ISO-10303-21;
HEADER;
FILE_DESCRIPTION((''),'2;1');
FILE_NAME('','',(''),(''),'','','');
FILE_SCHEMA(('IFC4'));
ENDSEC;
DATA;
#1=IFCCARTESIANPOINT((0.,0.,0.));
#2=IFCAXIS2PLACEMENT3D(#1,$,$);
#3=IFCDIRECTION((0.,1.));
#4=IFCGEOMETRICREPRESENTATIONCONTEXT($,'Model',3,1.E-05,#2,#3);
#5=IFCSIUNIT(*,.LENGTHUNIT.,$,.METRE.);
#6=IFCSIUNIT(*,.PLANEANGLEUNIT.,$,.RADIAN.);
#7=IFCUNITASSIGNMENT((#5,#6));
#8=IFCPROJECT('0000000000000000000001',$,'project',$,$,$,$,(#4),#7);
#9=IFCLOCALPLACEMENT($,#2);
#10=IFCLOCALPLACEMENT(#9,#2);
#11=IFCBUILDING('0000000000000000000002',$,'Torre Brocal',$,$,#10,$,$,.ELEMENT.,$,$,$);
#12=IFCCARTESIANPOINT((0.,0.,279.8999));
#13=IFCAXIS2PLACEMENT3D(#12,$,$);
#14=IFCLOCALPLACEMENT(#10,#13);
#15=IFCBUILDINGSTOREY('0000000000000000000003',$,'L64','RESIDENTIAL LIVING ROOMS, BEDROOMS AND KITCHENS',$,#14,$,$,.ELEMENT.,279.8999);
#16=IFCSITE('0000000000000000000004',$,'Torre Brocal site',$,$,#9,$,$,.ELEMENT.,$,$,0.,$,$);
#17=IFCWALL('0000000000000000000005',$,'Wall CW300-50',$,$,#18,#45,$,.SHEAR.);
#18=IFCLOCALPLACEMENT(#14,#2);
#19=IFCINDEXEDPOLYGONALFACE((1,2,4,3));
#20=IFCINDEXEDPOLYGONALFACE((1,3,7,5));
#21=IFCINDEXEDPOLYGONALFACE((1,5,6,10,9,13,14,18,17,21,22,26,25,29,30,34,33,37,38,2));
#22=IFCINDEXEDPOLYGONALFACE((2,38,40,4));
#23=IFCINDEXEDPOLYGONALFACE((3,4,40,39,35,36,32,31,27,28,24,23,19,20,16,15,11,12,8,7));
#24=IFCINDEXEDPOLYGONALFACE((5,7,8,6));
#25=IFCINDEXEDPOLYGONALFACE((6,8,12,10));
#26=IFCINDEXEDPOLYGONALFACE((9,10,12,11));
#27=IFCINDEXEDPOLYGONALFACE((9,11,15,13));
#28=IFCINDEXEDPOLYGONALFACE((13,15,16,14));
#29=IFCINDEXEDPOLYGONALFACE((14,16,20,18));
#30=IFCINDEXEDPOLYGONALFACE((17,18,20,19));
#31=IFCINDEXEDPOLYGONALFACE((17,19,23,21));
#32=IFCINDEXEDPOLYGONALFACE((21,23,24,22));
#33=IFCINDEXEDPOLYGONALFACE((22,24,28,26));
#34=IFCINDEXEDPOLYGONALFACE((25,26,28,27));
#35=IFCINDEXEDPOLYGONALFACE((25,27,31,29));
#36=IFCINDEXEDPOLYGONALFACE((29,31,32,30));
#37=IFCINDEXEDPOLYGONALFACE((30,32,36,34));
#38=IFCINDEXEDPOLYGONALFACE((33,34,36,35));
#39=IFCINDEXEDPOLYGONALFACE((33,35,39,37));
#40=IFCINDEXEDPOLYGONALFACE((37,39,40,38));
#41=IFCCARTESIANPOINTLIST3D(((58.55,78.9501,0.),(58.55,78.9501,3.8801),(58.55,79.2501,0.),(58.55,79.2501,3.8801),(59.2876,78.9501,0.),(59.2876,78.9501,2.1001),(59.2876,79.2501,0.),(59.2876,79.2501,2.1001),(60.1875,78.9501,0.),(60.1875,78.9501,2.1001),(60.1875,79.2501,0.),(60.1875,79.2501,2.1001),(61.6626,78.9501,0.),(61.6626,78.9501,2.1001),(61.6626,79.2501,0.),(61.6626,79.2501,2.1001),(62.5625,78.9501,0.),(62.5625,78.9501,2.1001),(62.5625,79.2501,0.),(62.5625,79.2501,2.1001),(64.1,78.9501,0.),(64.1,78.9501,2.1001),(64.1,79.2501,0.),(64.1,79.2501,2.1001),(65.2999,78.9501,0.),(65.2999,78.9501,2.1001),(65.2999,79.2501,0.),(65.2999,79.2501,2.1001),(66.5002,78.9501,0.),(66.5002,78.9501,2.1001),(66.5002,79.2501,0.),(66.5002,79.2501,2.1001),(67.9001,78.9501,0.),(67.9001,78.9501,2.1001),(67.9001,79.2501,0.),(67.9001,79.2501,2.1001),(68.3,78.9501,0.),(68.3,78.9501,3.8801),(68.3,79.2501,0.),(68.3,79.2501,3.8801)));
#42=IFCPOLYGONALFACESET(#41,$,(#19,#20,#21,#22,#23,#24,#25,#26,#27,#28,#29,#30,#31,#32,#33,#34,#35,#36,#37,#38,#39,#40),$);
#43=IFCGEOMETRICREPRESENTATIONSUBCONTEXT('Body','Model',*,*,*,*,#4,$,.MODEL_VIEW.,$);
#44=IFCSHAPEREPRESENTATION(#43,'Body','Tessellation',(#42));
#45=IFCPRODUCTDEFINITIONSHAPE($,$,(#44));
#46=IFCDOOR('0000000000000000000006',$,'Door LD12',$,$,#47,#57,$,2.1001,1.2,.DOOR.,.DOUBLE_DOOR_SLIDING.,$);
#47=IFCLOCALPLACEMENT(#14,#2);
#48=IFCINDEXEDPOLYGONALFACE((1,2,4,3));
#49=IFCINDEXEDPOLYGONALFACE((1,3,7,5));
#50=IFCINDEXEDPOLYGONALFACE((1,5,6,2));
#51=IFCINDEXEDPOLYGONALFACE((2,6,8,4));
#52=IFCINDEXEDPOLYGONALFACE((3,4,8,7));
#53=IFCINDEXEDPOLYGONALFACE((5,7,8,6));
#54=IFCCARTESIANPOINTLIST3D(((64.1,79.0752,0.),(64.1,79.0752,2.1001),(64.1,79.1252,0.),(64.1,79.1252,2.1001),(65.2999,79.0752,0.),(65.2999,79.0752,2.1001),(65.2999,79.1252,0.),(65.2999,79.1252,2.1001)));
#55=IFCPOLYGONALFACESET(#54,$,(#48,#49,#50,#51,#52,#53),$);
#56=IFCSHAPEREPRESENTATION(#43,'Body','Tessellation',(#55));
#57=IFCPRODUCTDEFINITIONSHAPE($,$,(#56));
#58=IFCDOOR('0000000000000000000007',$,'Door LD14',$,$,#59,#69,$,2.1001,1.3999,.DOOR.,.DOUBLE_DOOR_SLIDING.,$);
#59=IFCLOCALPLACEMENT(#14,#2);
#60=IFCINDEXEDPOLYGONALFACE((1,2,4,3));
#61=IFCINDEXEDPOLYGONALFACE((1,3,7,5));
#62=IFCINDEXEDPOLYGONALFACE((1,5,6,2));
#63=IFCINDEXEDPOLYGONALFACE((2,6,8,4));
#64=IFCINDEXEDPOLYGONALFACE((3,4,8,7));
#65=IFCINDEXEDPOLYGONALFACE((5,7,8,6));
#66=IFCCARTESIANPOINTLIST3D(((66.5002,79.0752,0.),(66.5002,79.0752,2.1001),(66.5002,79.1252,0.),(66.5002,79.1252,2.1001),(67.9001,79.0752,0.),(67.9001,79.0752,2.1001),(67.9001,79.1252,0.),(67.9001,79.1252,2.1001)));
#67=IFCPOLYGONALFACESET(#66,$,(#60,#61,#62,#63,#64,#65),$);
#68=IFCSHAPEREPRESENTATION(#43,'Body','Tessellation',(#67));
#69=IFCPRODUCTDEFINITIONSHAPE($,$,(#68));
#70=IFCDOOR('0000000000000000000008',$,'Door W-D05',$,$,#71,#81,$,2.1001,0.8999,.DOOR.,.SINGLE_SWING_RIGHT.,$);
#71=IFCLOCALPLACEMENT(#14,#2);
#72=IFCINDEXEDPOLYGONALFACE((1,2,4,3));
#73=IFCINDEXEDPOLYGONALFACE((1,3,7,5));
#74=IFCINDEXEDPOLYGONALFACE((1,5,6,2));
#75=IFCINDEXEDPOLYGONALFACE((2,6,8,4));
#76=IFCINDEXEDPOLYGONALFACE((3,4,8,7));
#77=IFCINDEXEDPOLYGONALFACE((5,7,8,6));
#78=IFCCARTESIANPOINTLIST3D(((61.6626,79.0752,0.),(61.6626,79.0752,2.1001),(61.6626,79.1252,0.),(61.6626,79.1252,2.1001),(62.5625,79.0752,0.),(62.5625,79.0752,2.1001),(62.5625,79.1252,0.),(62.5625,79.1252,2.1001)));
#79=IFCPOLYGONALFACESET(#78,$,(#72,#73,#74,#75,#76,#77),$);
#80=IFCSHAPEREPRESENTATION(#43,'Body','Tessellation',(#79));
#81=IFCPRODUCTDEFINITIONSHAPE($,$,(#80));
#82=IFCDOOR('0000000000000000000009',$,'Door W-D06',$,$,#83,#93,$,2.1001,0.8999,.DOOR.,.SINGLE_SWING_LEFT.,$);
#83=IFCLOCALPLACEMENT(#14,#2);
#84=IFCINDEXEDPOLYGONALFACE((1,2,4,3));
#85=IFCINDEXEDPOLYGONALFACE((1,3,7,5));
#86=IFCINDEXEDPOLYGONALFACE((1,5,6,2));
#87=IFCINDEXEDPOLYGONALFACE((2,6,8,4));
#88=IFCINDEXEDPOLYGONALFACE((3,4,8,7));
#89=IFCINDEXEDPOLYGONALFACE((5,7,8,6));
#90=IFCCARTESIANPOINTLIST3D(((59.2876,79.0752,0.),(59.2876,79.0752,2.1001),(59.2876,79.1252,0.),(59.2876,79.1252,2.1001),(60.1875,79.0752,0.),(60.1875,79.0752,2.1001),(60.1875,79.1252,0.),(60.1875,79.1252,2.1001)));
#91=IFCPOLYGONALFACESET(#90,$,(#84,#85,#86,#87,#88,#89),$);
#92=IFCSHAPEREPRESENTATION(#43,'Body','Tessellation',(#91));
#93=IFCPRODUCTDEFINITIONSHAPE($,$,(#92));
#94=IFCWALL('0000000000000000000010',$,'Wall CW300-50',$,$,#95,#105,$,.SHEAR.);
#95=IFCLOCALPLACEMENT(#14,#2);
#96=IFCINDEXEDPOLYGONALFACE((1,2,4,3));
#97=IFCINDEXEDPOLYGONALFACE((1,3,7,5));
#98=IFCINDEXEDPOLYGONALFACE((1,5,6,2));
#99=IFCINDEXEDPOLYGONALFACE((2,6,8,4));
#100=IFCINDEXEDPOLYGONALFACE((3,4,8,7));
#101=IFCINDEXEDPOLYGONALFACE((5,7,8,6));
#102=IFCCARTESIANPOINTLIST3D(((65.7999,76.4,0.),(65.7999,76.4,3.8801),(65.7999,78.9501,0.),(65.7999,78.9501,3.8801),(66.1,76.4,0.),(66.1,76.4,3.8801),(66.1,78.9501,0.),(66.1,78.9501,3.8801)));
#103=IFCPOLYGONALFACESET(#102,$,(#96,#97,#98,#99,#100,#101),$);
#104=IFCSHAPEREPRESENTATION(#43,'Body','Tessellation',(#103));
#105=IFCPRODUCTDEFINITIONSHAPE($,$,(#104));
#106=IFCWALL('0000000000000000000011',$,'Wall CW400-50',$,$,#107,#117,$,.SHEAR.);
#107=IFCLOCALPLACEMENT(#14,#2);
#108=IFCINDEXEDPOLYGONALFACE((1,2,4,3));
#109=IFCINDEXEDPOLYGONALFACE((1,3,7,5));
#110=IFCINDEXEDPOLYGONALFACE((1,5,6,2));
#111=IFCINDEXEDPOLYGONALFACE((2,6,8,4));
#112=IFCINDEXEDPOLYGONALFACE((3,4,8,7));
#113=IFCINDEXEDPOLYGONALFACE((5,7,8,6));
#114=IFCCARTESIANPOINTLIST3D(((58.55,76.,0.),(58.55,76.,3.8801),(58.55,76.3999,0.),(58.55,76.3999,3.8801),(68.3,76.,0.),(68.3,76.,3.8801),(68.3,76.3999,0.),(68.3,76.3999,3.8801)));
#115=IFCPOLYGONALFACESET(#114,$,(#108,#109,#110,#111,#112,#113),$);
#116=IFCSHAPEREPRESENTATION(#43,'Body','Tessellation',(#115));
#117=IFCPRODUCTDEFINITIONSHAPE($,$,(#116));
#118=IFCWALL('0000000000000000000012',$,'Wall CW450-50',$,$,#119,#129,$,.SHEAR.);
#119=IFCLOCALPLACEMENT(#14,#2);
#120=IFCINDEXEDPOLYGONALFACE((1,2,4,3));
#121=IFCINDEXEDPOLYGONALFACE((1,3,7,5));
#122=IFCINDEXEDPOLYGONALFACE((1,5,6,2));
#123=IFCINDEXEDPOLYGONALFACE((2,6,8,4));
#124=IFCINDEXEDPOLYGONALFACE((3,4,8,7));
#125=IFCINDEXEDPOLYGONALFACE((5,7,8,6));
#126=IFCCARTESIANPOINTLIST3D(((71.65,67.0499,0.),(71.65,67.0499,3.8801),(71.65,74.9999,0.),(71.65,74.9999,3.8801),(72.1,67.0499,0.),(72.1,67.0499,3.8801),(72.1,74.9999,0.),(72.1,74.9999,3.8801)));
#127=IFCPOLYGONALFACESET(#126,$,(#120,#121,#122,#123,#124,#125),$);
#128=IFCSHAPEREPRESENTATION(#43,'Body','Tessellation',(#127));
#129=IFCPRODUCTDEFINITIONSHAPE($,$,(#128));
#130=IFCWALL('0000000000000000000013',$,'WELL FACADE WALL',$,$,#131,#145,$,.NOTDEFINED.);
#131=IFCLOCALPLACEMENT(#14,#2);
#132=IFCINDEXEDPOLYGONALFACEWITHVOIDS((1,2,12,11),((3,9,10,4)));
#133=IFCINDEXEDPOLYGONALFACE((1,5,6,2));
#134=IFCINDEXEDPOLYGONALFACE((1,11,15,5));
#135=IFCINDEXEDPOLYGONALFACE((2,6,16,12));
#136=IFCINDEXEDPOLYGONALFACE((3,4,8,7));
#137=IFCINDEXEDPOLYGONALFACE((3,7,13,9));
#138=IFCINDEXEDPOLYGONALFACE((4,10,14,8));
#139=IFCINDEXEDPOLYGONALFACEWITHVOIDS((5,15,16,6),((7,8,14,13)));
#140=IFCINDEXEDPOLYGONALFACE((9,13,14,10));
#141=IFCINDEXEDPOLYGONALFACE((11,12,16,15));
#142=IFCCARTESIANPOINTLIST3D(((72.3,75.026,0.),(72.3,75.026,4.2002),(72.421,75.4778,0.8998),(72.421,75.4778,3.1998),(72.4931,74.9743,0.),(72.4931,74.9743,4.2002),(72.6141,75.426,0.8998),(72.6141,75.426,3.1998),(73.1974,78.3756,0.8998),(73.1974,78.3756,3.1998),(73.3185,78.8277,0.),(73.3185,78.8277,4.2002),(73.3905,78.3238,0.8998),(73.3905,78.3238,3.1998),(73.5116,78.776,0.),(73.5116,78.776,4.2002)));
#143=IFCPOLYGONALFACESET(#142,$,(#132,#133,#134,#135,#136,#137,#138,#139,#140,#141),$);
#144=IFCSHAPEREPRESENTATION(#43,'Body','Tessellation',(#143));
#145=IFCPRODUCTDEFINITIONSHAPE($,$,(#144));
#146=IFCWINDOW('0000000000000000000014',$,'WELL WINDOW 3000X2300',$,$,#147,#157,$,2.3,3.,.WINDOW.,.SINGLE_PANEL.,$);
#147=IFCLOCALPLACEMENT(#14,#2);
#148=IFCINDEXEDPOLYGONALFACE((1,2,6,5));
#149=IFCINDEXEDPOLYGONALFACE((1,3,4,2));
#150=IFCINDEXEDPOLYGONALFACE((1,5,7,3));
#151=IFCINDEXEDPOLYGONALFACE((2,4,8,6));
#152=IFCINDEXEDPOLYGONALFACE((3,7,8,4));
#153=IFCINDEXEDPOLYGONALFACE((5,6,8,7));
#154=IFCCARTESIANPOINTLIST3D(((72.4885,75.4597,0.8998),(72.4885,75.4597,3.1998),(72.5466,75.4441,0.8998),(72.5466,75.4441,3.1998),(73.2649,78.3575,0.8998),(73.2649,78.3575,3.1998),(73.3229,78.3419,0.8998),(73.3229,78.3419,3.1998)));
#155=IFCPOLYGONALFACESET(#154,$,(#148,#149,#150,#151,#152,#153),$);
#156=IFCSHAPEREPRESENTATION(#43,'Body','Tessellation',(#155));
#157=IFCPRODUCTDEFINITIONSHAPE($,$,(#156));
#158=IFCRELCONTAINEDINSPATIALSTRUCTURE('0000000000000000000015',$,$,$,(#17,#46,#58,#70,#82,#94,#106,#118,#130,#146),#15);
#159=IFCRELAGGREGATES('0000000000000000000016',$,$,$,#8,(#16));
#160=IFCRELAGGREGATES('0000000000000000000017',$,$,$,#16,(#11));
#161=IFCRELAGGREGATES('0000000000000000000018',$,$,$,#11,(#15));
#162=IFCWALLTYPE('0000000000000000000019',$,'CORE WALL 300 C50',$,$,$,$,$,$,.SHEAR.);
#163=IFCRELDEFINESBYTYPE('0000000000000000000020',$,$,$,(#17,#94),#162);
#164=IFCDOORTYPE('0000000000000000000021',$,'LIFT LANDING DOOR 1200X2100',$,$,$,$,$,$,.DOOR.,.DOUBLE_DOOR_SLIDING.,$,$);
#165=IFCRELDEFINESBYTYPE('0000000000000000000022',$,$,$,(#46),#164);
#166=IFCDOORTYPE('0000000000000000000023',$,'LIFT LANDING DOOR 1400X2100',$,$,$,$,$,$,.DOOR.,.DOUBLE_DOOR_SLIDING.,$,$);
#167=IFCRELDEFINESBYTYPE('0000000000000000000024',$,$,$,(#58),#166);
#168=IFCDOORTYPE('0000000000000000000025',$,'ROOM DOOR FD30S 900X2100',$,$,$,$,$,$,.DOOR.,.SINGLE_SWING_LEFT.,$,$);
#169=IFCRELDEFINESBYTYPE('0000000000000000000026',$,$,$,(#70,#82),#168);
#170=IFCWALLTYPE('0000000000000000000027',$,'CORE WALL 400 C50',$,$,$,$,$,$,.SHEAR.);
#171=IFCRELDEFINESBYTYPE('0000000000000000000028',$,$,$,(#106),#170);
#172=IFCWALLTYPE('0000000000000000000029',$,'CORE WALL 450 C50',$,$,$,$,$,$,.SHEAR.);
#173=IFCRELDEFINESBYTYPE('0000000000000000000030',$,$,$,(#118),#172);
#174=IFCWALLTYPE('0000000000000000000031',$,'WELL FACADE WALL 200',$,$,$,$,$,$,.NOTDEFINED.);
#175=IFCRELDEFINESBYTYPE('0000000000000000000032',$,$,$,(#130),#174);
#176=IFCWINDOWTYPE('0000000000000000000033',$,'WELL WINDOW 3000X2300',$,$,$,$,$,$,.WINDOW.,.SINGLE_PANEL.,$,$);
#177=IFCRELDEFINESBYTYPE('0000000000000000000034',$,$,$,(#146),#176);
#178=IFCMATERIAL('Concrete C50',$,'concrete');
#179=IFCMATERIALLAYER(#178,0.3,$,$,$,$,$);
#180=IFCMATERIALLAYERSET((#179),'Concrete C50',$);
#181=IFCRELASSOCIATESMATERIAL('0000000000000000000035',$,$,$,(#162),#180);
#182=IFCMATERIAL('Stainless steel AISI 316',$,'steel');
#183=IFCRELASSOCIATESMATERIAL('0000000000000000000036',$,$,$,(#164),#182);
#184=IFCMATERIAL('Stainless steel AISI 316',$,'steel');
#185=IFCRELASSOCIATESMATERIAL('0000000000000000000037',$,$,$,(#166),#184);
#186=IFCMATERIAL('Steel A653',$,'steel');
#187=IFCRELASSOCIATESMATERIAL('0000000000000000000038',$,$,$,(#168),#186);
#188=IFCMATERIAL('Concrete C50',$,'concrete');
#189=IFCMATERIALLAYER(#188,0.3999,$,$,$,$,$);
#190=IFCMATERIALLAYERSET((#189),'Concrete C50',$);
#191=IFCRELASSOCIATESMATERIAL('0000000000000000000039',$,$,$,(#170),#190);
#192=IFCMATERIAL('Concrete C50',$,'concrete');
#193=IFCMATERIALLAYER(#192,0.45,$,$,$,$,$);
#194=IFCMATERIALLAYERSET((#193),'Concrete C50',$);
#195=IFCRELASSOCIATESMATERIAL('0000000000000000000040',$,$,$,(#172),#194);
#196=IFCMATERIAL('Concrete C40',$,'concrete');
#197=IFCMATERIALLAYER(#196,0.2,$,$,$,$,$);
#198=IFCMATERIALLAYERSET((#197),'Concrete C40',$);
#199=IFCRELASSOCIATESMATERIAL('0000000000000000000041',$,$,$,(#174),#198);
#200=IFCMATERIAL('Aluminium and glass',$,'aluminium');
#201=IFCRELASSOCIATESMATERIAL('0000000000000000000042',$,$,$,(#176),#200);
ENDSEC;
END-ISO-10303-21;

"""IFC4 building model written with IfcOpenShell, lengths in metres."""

from ifc_helpers import new_model, si_unit, direction, frame, frame_2d, origin, place, context, subcontext, project, spatial, rectangle, extrude, material, layer, layer_set, type_object, element, fill, save


model = new_model("IFC4")

# Units and contexts
model_context = context("Model", 3, precision=1e-05, world=origin(), true_north=direction((0.0, 1.0)))
body_context = subcontext(model_context, "Body", "Model", "MODEL_VIEW")
ifc_project = project(units=[si_unit("LENGTHUNIT", "METRE"), si_unit("PLANEANGLEUNIT", "RADIAN")], contexts=[model_context])

# Site, building, storey
site_placement = place(None, origin())
site = spatial("IfcSite", under=ifc_project, at=site_placement, Name="Torre Brocal site", CompositionType="ELEMENT", RefElevation=0.0)
building_placement = place(site_placement, origin())
building = spatial("IfcBuilding", under=site, at=building_placement, Name="Torre Brocal", CompositionType="ELEMENT")
storey_placement = place(building_placement, frame((0.0, 0.0, 279.8999)))
storey = spatial("IfcBuildingStorey", under=building, at=storey_placement, Name="L64", Description="RESIDENTIAL LIVING ROOMS, BEDROOMS AND KITCHENS", CompositionType="ELEMENT", Elevation=279.8999)

# Shared definitions
ifc_material_1 = material(Name="Concrete C50", Category="concrete")
ifc_layer_1 = layer(ifc_material_1, 0.3)
ifc_layer_set_1 = layer_set([ifc_layer_1], Name="Concrete C50")
wall_type_1 = type_object("IfcWallType", Name="CORE WALL 300 C50", PredefinedType="SHEAR", material=ifc_layer_set_1)

# Wall, openings, doors
wall_1_placement = place(storey_placement, frame((68.3, 79.1001, 0.0), z_axis=(0.0, 0.0, 1.0), x_axis=(-1.0, 0.0, 0.0)))
wall_1 = element("IfcWall", 1, at=wall_1_placement, inside=storey, type_object=wall_type_1, Name="Wall CW300-50", PredefinedType="SHEAR", context=body_context, shape_type="SweptSolid", body=[
    extrude(rectangle(XDim=9.75, YDim=0.3, at=frame_2d((4.875, 0.0))), origin(), (0.0, 0.0, 1.0), 3.8801),
])
opening_1_placement = place(wall_1_placement, frame((0.3999, 0.0, 0.0)))
opening_1 = element("IfcOpeningElement", 2, at=opening_1_placement, cuts=wall_1, PredefinedType="OPENING", context=body_context, shape_type="SweptSolid", body=[
    extrude(rectangle(XDim=1.3999, YDim=2.1001, at=frame_2d((0.7, 1.05))), frame((0.0, 0.1599, 0.0), z_axis=(0.0, -1.0, 0.0), x_axis=(1.0, 0.0, 0.0)), (0.0, 0.0, 1.0), 0.3201),
])
opening_2_placement = place(wall_1_placement, frame((3.0, 0.0, 0.0)))
opening_2 = element("IfcOpeningElement", 3, at=opening_2_placement, cuts=wall_1, PredefinedType="OPENING", context=body_context, shape_type="SweptSolid", body=[
    extrude(rectangle(XDim=1.2, YDim=2.1001, at=frame_2d((0.6001, 1.05))), frame((0.0, 0.1599, 0.0), z_axis=(0.0, -1.0, 0.0), x_axis=(1.0, 0.0, 0.0)), (0.0, 0.0, 1.0), 0.3201),
])
opening_3_placement = place(wall_1_placement, frame((5.7375, 0.0, 0.0)))
opening_3 = element("IfcOpeningElement", 4, at=opening_3_placement, cuts=wall_1, PredefinedType="OPENING", context=body_context, shape_type="SweptSolid", body=[
    extrude(rectangle(XDim=0.8999, YDim=2.1001, at=frame_2d((0.45, 1.05))), frame((0.0, 0.1599, 0.0), z_axis=(0.0, -1.0, 0.0), x_axis=(1.0, 0.0, 0.0)), (0.0, 0.0, 1.0), 0.3201),
])
opening_4_placement = place(wall_1_placement, frame((8.1125, 0.0, 0.0)))
opening_4 = element("IfcOpeningElement", 5, at=opening_4_placement, cuts=wall_1, PredefinedType="OPENING", context=body_context, shape_type="SweptSolid", body=[
    extrude(rectangle(XDim=0.8999, YDim=2.1001, at=frame_2d((0.45, 1.05))), frame((0.0, 0.1599, 0.0), z_axis=(0.0, -1.0, 0.0), x_axis=(1.0, 0.0, 0.0)), (0.0, 0.0, 1.0), 0.3201),
])
ifc_material_2 = material(Name="Stainless steel AISI 316", Category="steel")
door_type_1 = type_object("IfcDoorType", Name="LIFT LANDING DOOR 1200X2100", OperationType="DOUBLE_DOOR_SLIDING", PredefinedType="DOOR", material=ifc_material_2)
door_1_placement = place(opening_2_placement, origin())
door_1 = element("IfcDoor", 6, at=door_1_placement, inside=storey, type_object=door_type_1, Name="Door LD12", OperationType="DOUBLE_DOOR_SLIDING", OverallHeight=2.1001, OverallWidth=1.2, PredefinedType="DOOR", context=body_context, shape_type="SweptSolid", body=[
    extrude(rectangle(XDim=1.2, YDim=2.1001, at=frame_2d((0.6001, 1.05))), frame((0.0, 0.0249, 0.0), z_axis=(0.0, -1.0, 0.0), x_axis=(1.0, 0.0, 0.0)), (0.0, 0.0, 1.0), 0.05),
])
fill(opening_2, door_1)
ifc_material_3 = material(Name="Stainless steel AISI 316", Category="steel")
door_type_2 = type_object("IfcDoorType", Name="LIFT LANDING DOOR 1400X2100", OperationType="DOUBLE_DOOR_SLIDING", PredefinedType="DOOR", material=ifc_material_3)
door_2_placement = place(opening_1_placement, origin())
door_2 = element("IfcDoor", 7, at=door_2_placement, inside=storey, type_object=door_type_2, Name="Door LD14", OperationType="DOUBLE_DOOR_SLIDING", OverallHeight=2.1001, OverallWidth=1.3999, PredefinedType="DOOR", context=body_context, shape_type="SweptSolid", body=[
    extrude(rectangle(XDim=1.3999, YDim=2.1001, at=frame_2d((0.7, 1.05))), frame((0.0, 0.0249, 0.0), z_axis=(0.0, -1.0, 0.0), x_axis=(1.0, 0.0, 0.0)), (0.0, 0.0, 1.0), 0.05),
])
fill(opening_1, door_2)
ifc_material_4 = material(Name="Steel A653", Category="steel")
door_type_3 = type_object("IfcDoorType", Name="ROOM DOOR FD30S 900X2100", OperationType="SINGLE_SWING_LEFT", PredefinedType="DOOR", material=ifc_material_4)
door_3_placement = place(opening_3_placement, origin())
door_3 = element("IfcDoor", 8, at=door_3_placement, inside=storey, type_object=door_type_3, Name="Door W-D05", OperationType="SINGLE_SWING_RIGHT", OverallHeight=2.1001, OverallWidth=0.8999, PredefinedType="DOOR", context=body_context, shape_type="SweptSolid", body=[
    extrude(rectangle(XDim=0.8999, YDim=2.1001, at=frame_2d((0.45, 1.05))), frame((0.0, 0.0249, 0.0), z_axis=(0.0, -1.0, 0.0), x_axis=(1.0, 0.0, 0.0)), (0.0, 0.0, 1.0), 0.05),
])
fill(opening_3, door_3)
door_4_placement = place(opening_4_placement, origin())
door_4 = element("IfcDoor", 9, at=door_4_placement, inside=storey, type_object=door_type_3, Name="Door W-D06", OperationType="SINGLE_SWING_LEFT", OverallHeight=2.1001, OverallWidth=0.8999, PredefinedType="DOOR", context=body_context, shape_type="SweptSolid", body=[
    extrude(rectangle(XDim=0.8999, YDim=2.1001, at=frame_2d((0.45, 1.05))), frame((0.0, 0.0249, 0.0), z_axis=(0.0, -1.0, 0.0), x_axis=(1.0, 0.0, 0.0)), (0.0, 0.0, 1.0), 0.05),
])
fill(opening_4, door_4)

# Walls
wall_2_placement = place(storey_placement, frame((65.95, 78.95, 0.0), z_axis=(0.0, 0.0, 1.0), x_axis=(0.0, -1.0, 0.0)))
element("IfcWall", 10, at=wall_2_placement, inside=storey, type_object=wall_type_1, Name="Wall CW300-50", PredefinedType="SHEAR", context=body_context, shape_type="SweptSolid", body=[
    extrude(rectangle(XDim=2.55, YDim=0.3, at=frame_2d((1.2749, 0.0))), origin(), (0.0, 0.0, 1.0), 3.8801),
])
ifc_material_5 = material(Name="Concrete C50", Category="concrete")
ifc_layer_2 = layer(ifc_material_5, 0.3999)
ifc_layer_set_2 = layer_set([ifc_layer_2], Name="Concrete C50")
wall_type_2 = type_object("IfcWallType", Name="CORE WALL 400 C50", PredefinedType="SHEAR", material=ifc_layer_set_2)
wall_3_placement = place(storey_placement, frame((68.3, 76.2, 0.0), z_axis=(0.0, 0.0, 1.0), x_axis=(-1.0, 0.0, 0.0)))
element("IfcWall", 11, at=wall_3_placement, inside=storey, type_object=wall_type_2, Name="Wall CW400-50", PredefinedType="SHEAR", context=body_context, shape_type="SweptSolid", body=[
    extrude(rectangle(XDim=9.75, YDim=0.3999, at=frame_2d((4.875, 0.0))), origin(), (0.0, 0.0, 1.0), 3.8801),
])
ifc_material_6 = material(Name="Concrete C50", Category="concrete")
ifc_layer_3 = layer(ifc_material_6, 0.45)
ifc_layer_set_3 = layer_set([ifc_layer_3], Name="Concrete C50")
wall_type_3 = type_object("IfcWallType", Name="CORE WALL 450 C50", PredefinedType="SHEAR", material=ifc_layer_set_3)
wall_4_placement = place(storey_placement, frame((71.875, 75.0, 0.0), z_axis=(0.0, 0.0, 1.0), x_axis=(0.0, -1.0, 0.0)))
element("IfcWall", 12, at=wall_4_placement, inside=storey, type_object=wall_type_3, Name="Wall CW450-50", PredefinedType="SHEAR", context=body_context, shape_type="SweptSolid", body=[
    extrude(rectangle(XDim=7.95, YDim=0.45, at=frame_2d((3.9751, 0.0))), origin(), (0.0, 0.0, 1.0), 3.8801),
])

# Wall, opening, window
ifc_material_7 = material(Name="Concrete C40", Category="concrete")
ifc_layer_4 = layer(ifc_material_7, 0.2)
ifc_layer_set_4 = layer_set([ifc_layer_4], Name="Concrete C40")
wall_type_4 = type_object("IfcWallType", Name="WELL FACADE WALL 200", PredefinedType="NOTDEFINED", material=ifc_layer_set_4)
wall_5_placement = place(storey_placement, frame((73.415, 78.8018, 0.0), z_axis=(0.0, 0.0, 1.0), x_axis=(-0.25879, -0.965934, 0.0)))
wall_5 = element("IfcWall", 13, at=wall_5_placement, inside=storey, type_object=wall_type_4, Name="WELL FACADE WALL", PredefinedType="NOTDEFINED", context=body_context, shape_type="SweptSolid", body=[
    extrude(rectangle(XDim=3.9358, YDim=0.2, at=frame_2d((1.9678, 0.0))), origin(), (0.0, 0.0, 1.0), 4.2002),
])
opening_5_placement = place(wall_5_placement, frame((0.468, 0.0, 0.8999)))
opening_5 = element("IfcOpeningElement", 14, at=opening_5_placement, cuts=wall_5, PredefinedType="OPENING", context=body_context, shape_type="SweptSolid", body=[
    extrude(rectangle(XDim=3.0, YDim=2.3, at=frame_2d((1.5, 1.1499))), frame((0.0, 0.1099, 0.0), z_axis=(0.0, -1.0, 0.0), x_axis=(1.0, 0.0, 0.0)), (0.0, 0.0, 1.0), 0.22),
])
ifc_material_8 = material(Name="Aluminium and glass", Category="aluminium")
window_type = type_object("IfcWindowType", Name="WELL WINDOW 3000X2300", PartitioningType="SINGLE_PANEL", PredefinedType="WINDOW", material=ifc_material_8)
window_1_placement = place(opening_5_placement, origin())
window_1 = element("IfcWindow", 15, at=window_1_placement, inside=storey, type_object=window_type, Name="WELL WINDOW 3000X2300", OverallHeight=2.3, OverallWidth=3.0, PartitioningType="SINGLE_PANEL", PredefinedType="WINDOW", context=body_context, shape_type="SweptSolid", body=[
    extrude(rectangle(XDim=3.0, YDim=2.3, at=frame_2d((1.5, 1.1499))), frame((0.0, 0.03, 0.0), z_axis=(0.0, -1.0, 0.0), x_axis=(1.0, 0.0, 0.0)), (0.0, 0.0, 1.0), 0.0601),
])
fill(opening_5, window_1)

save(model, "model.ifc")
